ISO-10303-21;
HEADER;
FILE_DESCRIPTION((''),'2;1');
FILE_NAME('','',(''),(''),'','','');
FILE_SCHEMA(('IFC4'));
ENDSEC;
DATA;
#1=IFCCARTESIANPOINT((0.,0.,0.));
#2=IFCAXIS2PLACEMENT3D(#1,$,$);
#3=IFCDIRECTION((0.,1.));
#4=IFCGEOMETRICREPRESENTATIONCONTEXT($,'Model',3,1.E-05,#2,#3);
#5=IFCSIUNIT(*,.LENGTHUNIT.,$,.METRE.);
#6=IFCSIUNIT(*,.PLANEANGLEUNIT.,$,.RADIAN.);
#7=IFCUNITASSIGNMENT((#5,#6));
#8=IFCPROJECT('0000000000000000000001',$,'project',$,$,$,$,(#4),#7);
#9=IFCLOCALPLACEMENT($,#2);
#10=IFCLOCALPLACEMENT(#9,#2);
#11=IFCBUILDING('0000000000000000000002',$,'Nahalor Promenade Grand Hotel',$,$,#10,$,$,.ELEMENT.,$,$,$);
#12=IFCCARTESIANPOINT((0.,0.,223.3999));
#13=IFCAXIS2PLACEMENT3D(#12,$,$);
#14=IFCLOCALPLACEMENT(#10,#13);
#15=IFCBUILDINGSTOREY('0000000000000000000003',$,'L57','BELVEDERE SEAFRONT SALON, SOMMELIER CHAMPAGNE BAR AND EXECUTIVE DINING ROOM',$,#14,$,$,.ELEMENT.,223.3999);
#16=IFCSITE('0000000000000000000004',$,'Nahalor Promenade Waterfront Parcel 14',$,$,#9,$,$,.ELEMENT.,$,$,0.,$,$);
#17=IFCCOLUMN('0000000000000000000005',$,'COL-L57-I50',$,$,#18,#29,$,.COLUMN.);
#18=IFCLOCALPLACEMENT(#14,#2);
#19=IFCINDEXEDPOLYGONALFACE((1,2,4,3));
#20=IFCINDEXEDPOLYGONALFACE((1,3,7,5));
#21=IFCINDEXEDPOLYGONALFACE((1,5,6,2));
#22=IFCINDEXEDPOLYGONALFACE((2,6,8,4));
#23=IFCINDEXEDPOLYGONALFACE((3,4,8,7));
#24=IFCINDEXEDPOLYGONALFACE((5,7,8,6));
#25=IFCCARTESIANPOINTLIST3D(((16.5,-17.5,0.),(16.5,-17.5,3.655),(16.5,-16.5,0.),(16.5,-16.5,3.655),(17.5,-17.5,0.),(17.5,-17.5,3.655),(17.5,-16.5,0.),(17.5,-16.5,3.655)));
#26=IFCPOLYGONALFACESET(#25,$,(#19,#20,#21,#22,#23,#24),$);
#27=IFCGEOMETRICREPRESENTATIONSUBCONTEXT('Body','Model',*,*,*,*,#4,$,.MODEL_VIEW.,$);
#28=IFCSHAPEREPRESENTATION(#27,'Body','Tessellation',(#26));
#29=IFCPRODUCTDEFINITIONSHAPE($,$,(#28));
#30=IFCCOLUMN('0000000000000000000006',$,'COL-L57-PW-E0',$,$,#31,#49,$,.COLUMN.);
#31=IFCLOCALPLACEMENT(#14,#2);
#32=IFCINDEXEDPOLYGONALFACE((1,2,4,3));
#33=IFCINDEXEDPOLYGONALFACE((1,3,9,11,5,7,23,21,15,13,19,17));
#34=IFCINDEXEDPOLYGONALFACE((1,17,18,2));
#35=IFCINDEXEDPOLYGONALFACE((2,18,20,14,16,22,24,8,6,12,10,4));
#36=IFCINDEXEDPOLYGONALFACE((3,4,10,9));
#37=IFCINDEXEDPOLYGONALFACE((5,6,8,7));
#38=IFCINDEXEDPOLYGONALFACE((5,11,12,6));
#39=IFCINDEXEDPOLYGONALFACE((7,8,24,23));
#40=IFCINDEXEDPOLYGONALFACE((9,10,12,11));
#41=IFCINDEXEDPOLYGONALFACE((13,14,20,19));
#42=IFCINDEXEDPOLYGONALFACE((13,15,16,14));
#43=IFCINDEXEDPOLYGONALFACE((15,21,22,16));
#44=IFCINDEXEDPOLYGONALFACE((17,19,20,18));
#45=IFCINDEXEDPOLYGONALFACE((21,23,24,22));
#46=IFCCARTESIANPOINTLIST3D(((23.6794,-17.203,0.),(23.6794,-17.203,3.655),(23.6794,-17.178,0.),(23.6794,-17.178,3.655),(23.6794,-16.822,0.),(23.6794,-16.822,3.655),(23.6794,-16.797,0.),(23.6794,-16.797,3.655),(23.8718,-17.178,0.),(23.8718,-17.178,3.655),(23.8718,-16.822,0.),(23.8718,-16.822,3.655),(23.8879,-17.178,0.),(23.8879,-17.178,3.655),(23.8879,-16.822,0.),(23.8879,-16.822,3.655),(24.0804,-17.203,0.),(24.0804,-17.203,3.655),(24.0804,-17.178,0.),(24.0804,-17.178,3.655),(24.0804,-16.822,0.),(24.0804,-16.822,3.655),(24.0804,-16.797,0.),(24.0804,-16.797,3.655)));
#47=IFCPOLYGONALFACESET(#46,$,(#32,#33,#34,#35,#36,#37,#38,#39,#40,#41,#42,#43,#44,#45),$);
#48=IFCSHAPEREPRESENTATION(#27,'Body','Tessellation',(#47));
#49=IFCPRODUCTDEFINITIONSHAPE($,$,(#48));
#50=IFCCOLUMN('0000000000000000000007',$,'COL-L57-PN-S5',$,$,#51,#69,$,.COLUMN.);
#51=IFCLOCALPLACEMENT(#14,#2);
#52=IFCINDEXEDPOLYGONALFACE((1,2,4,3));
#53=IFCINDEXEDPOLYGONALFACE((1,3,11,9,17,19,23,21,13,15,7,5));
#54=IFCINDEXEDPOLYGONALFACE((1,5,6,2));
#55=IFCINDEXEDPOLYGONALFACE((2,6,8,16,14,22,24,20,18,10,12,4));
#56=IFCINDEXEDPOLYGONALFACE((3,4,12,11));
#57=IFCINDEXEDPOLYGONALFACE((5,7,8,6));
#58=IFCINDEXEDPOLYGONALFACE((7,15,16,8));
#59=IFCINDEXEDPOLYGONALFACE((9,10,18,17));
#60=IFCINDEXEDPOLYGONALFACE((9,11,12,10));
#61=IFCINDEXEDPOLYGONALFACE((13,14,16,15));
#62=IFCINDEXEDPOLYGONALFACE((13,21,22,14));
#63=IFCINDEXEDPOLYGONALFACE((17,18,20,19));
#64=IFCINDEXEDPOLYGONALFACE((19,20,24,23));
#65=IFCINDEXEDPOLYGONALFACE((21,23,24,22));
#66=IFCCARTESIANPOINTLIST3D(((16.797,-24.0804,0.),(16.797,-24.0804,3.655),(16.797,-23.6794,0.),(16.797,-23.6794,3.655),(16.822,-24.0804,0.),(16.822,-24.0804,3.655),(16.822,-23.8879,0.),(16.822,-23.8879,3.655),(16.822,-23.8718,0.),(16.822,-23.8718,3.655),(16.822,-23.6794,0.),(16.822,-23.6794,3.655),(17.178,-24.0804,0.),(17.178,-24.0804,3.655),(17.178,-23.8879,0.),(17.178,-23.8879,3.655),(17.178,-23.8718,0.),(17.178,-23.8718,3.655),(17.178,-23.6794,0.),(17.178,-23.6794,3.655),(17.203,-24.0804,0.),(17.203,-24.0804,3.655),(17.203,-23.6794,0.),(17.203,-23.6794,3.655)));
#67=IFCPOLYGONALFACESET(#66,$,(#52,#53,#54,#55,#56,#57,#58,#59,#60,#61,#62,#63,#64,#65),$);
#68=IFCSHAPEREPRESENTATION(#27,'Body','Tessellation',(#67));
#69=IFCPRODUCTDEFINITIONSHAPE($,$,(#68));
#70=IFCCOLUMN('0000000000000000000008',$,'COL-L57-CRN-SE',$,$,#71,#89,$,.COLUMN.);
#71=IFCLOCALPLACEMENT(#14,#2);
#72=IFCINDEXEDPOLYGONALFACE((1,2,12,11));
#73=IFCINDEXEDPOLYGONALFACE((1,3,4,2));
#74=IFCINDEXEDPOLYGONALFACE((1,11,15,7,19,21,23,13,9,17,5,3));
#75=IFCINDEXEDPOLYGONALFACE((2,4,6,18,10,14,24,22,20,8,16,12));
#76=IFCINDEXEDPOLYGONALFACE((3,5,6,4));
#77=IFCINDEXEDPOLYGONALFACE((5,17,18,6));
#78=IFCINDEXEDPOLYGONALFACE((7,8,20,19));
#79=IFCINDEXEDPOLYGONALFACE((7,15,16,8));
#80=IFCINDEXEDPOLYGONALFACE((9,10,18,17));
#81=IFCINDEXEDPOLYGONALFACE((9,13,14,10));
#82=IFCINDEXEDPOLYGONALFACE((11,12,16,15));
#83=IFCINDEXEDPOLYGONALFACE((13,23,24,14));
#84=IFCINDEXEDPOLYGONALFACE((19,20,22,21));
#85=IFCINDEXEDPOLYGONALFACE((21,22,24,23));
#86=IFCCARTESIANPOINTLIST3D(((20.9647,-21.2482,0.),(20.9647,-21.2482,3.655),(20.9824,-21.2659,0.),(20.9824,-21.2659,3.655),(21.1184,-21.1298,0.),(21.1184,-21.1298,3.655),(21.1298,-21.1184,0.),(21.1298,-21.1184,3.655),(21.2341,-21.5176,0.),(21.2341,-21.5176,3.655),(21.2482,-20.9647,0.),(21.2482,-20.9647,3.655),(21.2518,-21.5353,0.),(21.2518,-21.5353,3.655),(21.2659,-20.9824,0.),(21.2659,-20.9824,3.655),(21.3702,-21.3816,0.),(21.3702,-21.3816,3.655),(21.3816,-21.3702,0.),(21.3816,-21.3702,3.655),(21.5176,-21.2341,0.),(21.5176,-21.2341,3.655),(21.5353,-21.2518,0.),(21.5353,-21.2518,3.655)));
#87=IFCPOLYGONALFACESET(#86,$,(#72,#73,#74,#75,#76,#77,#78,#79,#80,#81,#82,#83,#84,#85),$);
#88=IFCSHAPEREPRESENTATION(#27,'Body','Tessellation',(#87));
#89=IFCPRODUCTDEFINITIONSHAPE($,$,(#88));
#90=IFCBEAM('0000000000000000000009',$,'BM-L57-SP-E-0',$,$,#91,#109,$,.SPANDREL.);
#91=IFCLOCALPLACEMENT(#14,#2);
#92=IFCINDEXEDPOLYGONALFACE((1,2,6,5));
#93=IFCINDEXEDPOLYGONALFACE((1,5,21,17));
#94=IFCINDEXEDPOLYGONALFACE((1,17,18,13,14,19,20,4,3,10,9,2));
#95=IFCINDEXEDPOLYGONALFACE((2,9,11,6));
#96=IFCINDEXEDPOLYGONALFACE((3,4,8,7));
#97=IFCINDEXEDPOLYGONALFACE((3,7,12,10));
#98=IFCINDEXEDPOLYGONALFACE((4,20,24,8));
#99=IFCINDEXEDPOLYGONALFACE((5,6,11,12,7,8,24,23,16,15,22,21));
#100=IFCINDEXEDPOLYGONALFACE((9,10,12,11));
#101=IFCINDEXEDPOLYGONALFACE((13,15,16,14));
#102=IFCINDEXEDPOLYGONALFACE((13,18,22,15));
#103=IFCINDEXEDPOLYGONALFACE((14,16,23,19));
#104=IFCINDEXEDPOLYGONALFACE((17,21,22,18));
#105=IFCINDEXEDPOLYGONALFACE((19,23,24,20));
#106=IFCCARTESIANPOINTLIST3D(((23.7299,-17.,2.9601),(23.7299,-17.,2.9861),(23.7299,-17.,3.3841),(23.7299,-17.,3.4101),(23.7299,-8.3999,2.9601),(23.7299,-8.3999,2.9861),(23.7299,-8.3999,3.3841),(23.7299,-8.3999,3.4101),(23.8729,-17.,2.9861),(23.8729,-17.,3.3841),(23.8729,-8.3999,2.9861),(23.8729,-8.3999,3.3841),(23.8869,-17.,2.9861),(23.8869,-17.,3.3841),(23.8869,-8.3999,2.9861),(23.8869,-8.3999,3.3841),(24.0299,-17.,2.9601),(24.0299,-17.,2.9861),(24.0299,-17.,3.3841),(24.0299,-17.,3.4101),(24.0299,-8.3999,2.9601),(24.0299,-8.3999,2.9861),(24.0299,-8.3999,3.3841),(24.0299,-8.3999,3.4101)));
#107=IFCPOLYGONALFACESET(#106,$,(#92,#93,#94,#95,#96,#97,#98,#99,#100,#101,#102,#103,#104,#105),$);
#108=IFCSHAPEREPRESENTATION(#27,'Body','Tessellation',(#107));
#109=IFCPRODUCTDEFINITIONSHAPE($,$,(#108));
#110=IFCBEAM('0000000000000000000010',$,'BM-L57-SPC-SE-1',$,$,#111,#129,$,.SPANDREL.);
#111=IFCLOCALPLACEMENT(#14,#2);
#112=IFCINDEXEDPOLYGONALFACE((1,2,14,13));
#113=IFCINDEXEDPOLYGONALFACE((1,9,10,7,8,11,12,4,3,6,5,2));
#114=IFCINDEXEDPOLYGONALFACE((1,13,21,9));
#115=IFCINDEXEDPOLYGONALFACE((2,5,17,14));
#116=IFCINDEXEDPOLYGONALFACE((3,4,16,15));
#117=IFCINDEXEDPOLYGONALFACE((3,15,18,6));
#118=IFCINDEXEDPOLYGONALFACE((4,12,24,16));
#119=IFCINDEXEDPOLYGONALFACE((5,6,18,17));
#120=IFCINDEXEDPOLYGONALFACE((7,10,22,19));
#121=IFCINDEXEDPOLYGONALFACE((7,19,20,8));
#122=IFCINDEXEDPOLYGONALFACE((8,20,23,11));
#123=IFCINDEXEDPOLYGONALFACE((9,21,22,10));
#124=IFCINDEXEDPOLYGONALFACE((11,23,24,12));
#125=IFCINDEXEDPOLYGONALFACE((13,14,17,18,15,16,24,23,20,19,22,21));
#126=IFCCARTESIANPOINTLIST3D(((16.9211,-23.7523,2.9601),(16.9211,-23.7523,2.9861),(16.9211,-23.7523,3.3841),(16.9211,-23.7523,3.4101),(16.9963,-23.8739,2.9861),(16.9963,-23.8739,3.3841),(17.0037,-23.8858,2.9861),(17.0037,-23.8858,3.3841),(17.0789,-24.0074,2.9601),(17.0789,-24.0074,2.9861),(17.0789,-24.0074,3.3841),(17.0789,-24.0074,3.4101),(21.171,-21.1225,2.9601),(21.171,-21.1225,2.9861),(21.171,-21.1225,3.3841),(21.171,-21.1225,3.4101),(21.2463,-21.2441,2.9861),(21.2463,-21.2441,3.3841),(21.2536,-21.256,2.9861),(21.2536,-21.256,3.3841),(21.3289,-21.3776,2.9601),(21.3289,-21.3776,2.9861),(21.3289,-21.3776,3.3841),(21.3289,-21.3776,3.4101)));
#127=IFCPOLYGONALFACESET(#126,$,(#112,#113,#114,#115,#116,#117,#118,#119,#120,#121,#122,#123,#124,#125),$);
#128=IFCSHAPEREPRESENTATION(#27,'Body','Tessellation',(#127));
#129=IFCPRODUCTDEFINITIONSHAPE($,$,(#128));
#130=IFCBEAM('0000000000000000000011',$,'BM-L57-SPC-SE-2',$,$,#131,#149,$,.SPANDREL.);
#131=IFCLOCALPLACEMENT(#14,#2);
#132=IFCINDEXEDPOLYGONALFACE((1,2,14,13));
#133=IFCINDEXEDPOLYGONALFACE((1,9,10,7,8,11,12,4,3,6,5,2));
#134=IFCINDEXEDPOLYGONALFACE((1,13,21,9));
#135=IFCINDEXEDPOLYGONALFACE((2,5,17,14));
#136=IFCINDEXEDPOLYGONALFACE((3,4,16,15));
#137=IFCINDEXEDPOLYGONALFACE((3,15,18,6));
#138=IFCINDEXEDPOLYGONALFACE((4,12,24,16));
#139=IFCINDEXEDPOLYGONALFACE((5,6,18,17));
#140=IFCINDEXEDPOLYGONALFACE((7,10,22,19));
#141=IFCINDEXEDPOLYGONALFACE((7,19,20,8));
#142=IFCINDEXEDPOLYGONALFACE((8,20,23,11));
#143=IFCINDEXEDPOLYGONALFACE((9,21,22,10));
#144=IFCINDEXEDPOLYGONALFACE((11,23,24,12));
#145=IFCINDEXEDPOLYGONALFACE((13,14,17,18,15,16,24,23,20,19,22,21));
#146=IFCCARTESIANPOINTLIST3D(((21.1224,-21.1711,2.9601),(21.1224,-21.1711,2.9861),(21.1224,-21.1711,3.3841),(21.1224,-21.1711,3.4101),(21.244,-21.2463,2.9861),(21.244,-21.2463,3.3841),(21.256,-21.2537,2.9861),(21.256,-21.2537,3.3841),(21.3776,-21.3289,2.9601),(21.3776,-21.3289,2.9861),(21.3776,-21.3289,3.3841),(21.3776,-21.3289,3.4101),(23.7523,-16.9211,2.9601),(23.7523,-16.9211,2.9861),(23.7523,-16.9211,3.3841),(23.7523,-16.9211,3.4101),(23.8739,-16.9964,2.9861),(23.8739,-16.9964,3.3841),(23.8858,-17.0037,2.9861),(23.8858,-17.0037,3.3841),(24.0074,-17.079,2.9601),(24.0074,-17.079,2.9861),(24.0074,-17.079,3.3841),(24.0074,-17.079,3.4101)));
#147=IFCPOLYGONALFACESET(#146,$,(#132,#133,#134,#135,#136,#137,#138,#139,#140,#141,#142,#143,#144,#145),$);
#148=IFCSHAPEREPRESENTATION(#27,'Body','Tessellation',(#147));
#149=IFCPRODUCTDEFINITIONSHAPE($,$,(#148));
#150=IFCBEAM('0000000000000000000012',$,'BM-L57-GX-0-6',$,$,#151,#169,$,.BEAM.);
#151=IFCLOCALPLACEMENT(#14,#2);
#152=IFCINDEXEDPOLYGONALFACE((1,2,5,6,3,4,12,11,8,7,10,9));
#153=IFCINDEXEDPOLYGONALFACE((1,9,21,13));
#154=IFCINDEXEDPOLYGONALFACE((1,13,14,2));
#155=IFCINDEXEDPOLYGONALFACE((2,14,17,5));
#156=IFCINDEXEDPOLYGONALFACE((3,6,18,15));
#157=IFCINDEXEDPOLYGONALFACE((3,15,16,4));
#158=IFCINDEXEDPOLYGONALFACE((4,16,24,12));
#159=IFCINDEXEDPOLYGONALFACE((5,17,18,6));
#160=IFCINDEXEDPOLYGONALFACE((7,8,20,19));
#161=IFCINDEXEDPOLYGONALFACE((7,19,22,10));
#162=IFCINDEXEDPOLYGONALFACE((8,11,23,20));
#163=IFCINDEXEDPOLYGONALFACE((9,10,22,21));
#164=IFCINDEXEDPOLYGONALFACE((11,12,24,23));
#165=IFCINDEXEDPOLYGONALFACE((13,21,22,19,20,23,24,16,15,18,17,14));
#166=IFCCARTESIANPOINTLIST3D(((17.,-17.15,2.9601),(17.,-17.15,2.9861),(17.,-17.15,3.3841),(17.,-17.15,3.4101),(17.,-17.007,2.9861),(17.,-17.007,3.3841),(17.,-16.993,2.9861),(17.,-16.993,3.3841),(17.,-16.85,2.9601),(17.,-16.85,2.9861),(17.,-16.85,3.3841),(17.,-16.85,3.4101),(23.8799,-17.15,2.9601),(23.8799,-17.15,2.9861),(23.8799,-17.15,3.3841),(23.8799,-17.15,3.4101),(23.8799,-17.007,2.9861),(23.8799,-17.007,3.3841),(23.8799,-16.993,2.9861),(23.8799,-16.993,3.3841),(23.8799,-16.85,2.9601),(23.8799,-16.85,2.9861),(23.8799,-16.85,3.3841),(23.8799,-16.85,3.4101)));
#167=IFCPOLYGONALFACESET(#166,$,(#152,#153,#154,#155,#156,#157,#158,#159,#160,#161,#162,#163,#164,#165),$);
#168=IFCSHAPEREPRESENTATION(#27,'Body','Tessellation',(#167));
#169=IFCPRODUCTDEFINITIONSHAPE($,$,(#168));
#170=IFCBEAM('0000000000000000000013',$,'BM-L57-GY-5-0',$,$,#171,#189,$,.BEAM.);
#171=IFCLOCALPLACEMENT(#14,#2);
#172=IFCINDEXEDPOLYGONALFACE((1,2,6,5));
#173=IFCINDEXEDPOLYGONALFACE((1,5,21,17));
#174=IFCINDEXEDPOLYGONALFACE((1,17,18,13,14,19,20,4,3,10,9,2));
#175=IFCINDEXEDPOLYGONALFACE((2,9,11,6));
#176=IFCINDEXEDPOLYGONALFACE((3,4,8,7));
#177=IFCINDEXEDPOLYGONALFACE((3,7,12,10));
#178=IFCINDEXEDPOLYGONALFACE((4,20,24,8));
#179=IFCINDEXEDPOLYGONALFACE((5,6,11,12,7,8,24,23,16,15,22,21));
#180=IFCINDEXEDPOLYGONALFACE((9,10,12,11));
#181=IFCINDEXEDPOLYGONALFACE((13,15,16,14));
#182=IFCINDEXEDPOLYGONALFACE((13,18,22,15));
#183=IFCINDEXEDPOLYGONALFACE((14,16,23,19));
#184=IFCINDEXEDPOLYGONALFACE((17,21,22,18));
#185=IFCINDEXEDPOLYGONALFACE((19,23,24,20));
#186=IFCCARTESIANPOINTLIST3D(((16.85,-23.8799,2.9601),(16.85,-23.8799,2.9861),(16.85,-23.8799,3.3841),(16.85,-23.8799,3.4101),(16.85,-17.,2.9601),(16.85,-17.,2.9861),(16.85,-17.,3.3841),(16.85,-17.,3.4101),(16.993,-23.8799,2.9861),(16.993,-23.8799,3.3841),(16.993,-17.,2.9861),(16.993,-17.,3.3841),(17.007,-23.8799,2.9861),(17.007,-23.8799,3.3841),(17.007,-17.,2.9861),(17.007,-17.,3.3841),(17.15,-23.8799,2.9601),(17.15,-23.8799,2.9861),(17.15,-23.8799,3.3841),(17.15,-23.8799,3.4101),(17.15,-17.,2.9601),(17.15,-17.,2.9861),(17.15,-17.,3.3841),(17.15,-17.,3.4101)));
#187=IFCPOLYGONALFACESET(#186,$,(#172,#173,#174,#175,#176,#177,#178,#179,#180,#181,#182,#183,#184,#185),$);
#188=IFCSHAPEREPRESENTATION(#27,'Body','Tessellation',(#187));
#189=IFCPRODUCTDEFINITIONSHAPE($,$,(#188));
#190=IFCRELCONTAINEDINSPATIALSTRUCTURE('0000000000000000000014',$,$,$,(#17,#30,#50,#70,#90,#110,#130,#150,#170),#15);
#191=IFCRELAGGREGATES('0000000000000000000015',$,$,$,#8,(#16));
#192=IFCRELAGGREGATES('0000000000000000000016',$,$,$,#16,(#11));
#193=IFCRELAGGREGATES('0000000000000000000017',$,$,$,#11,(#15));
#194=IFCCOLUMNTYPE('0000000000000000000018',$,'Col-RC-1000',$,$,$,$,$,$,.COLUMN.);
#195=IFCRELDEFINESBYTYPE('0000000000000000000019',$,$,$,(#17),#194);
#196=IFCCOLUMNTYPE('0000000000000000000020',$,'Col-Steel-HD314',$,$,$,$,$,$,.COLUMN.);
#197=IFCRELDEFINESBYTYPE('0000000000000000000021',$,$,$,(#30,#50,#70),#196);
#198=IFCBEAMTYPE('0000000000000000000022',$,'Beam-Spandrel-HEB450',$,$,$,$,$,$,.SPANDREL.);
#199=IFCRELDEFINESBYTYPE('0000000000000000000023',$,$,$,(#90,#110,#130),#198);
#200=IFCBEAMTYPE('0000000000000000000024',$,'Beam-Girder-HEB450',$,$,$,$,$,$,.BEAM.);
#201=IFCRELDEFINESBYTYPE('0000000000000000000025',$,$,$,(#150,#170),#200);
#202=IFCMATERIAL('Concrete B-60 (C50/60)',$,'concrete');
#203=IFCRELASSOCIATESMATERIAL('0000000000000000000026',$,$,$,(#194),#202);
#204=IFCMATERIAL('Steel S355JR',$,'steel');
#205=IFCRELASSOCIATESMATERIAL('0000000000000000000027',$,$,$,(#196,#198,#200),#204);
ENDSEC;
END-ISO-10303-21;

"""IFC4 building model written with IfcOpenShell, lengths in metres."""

from ifc_helpers import new_model, si_unit, direction, frame, origin, origin_2d, place, context, subcontext, project, spatial, rectangle, i_section, extrude, source, transform, mapped, material, material_profile, profile_set, type_object, element, save


model = new_model("IFC4")

# Units and contexts
model_context = context("Model", 3, precision=1e-05, world=origin(), true_north=direction((0.0, 1.0)))
body_context = subcontext(model_context, "Body", "Model", "MODEL_VIEW")
ifc_project = project(units=[si_unit("LENGTHUNIT", "METRE"), si_unit("PLANEANGLEUNIT", "RADIAN")], contexts=[model_context])

# Site, building, storey
site_placement = place(None, origin())
site = spatial("IfcSite", under=ifc_project, at=site_placement, Name="Nahalor Promenade Waterfront Parcel 14", CompositionType="ELEMENT", RefElevation=0.0)
building_placement = place(site_placement, origin())
building = spatial("IfcBuilding", under=site, at=building_placement, Name="Nahalor Promenade Grand Hotel", CompositionType="ELEMENT")
storey_placement = place(building_placement, frame((0.0, 0.0, 223.3999)))
storey = spatial("IfcBuildingStorey", under=building, at=storey_placement, Name="L57", Description="BELVEDERE SEAFRONT SALON, SOMMELIER CHAMPAGNE BAR AND EXECUTIVE DINING ROOM", CompositionType="ELEMENT", Elevation=223.3999)

# Columns
ifc_material_1 = material(Name="Concrete B-60 (C50/60)", Category="concrete")
ifc_material_profile_1 = material_profile(ifc_material_1, rectangle(XDim=1.0, YDim=1.0, at=origin_2d()), Name="RC 1000x1000")
ifc_profile_set_1 = profile_set([ifc_material_profile_1], Name="Concrete B-60 (C50/60)")
column_type_1 = type_object("IfcColumnType", Name="Col-RC-1000", PredefinedType="COLUMN", material=ifc_profile_set_1)
shared_shape_1 = source(origin(), body_context, "Body", "SweptSolid", [
    extrude(rectangle(XDim=1.0, YDim=1.0, at=origin_2d()), origin(), (0.0, 0.0, 1.0), 3.655),
])
column_placement = place(storey_placement, frame((17.0, -17.0, 0.0), z_axis=(0.0, 0.0, 1.0), x_axis=(1.0, 0.0, 0.0)))
element("IfcColumn", 1, at=column_placement, inside=storey, type_object=column_type_1, Name="COL-L57-I50", PredefinedType="COLUMN", context=body_context, shape_type="MappedRepresentation", body=[
    mapped(shared_shape_1, transform((0.0, 0.0, 0.0), scale=1.0)),
])
ifc_material_2 = material(Name="Steel S355JR", Category="steel")
ifc_material_profile_2 = material_profile(ifc_material_2, i_section(OverallWidth=0.401, OverallDepth=0.406, WebThickness=0.0161, FlangeThickness=0.025, at=origin_2d()), Name="HD 400x314")
ifc_profile_set_2 = profile_set([ifc_material_profile_2], Name="Steel S355JR")
column_type_2 = type_object("IfcColumnType", Name="Col-Steel-HD314", PredefinedType="COLUMN", material=ifc_profile_set_2)
shared_shape_2 = source(origin(), body_context, "Body", "SweptSolid", [
    extrude(i_section(OverallWidth=0.401, OverallDepth=0.406, WebThickness=0.0161, FlangeThickness=0.025, at=origin_2d()), origin(), (0.0, 0.0, 1.0), 3.655),
])
for number, where, z_axis, x_axis, name in (
    (2, (23.8799, -17.0, 0.0), (0.0, 0.0, 1.0), (1.0, 0.0, 0.0), "COL-L57-PW-E0"),
    (3, (17.0, -23.8799, 0.0), (0.0, 0.0, 1.0), (0.0, 1.0, 0.0), "COL-L57-PN-S5"),
    (4, (21.25, -21.25, 0.0), (0.0, 0.0, 1.0), (0.707107, 0.707107, 0.0), "COL-L57-CRN-SE"),
):
    element("IfcColumn", number, at=place(storey_placement, frame(where, z_axis=z_axis, x_axis=x_axis)), inside=storey, type_object=column_type_2, Name=name, PredefinedType="COLUMN", context=body_context, shape_type="MappedRepresentation", body=[
        mapped(shared_shape_2, transform((0.0, 0.0, 0.0), scale=1.0)),
    ])

# Beams
ifc_material_profile_3 = material_profile(ifc_material_2, i_section(OverallWidth=0.3, OverallDepth=0.45, WebThickness=0.014, FlangeThickness=0.026, at=origin_2d()), Name="HEB 450")
ifc_profile_set_3 = profile_set([ifc_material_profile_3], Name="Steel S355JR")
beam_type_1 = type_object("IfcBeamType", Name="Beam-Spandrel-HEB450", PredefinedType="SPANDREL", material=ifc_profile_set_3)
shared_shape_3 = source(origin(), body_context, "Body", "SweptSolid", [
    extrude(i_section(OverallWidth=0.3, OverallDepth=0.45, WebThickness=0.014, FlangeThickness=0.026, at=origin_2d()), origin(), (0.0, 0.0, 1.0), 8.6001),
])
beam_1_placement = place(storey_placement, frame((23.8799, -17.0, 3.1851), z_axis=(0.0, 1.0, 0.0), x_axis=(-1.0, 0.0, 0.0)))
element("IfcBeam", 5, at=beam_1_placement, inside=storey, type_object=beam_type_1, Name="BM-L57-SP-E-0", PredefinedType="SPANDREL", context=body_context, shape_type="MappedRepresentation", body=[
    mapped(shared_shape_3, transform((0.0, 0.0, 0.0), scale=1.0)),
])
shared_shape_4 = source(origin(), body_context, "Body", "SweptSolid", [
    extrude(i_section(OverallWidth=0.3, OverallDepth=0.45, WebThickness=0.014, FlangeThickness=0.026, at=origin_2d()), origin(), (0.0, 0.0, 1.0), 4.9978),
])
for number, where, z_axis, x_axis, name in (
    (6, (17.0, -23.8799, 3.1851), (0.850361, 0.5262, 0.0), (-0.5262, 0.850361, 0.0), "BM-L57-SPC-SE-1"),
    (7, (21.25, -21.25, 3.1851), (0.5262, 0.850361, 0.0), (-0.850361, 0.5262, 0.0), "BM-L57-SPC-SE-2"),
):
    element("IfcBeam", number, at=place(storey_placement, frame(where, z_axis=z_axis, x_axis=x_axis)), inside=storey, type_object=beam_type_1, Name=name, PredefinedType="SPANDREL", context=body_context, shape_type="MappedRepresentation", body=[
        mapped(shared_shape_4, transform((0.0, 0.0, 0.0), scale=1.0)),
    ])
ifc_material_profile_4 = material_profile(ifc_material_2, i_section(OverallWidth=0.3, OverallDepth=0.45, WebThickness=0.014, FlangeThickness=0.026, at=origin_2d()), Name="HEB 450")
ifc_profile_set_4 = profile_set([ifc_material_profile_4], Name="Steel S355JR")
beam_type_2 = type_object("IfcBeamType", Name="Beam-Girder-HEB450", PredefinedType="BEAM", material=ifc_profile_set_4)
shared_shape_5 = source(origin(), body_context, "Body", "SweptSolid", [
    extrude(i_section(OverallWidth=0.3, OverallDepth=0.45, WebThickness=0.014, FlangeThickness=0.026, at=origin_2d()), origin(), (0.0, 0.0, 1.0), 6.8799),
])
for number, where, z_axis, x_axis, name in (
    (8, (17.0, -17.0, 3.1851), (1.0, 0.0, 0.0), (0.0, 1.0, 0.0), "BM-L57-GX-0-6"),
    (9, (17.0, -23.8799, 3.1851), (0.0, 1.0, 0.0), (-1.0, 0.0, 0.0), "BM-L57-GY-5-0"),
):
    element("IfcBeam", number, at=place(storey_placement, frame(where, z_axis=z_axis, x_axis=x_axis)), inside=storey, type_object=beam_type_2, Name=name, PredefinedType="BEAM", context=body_context, shape_type="MappedRepresentation", body=[
        mapped(shared_shape_5, transform((0.0, 0.0, 0.0), scale=1.0)),
    ])

save(model, "model.ifc")
